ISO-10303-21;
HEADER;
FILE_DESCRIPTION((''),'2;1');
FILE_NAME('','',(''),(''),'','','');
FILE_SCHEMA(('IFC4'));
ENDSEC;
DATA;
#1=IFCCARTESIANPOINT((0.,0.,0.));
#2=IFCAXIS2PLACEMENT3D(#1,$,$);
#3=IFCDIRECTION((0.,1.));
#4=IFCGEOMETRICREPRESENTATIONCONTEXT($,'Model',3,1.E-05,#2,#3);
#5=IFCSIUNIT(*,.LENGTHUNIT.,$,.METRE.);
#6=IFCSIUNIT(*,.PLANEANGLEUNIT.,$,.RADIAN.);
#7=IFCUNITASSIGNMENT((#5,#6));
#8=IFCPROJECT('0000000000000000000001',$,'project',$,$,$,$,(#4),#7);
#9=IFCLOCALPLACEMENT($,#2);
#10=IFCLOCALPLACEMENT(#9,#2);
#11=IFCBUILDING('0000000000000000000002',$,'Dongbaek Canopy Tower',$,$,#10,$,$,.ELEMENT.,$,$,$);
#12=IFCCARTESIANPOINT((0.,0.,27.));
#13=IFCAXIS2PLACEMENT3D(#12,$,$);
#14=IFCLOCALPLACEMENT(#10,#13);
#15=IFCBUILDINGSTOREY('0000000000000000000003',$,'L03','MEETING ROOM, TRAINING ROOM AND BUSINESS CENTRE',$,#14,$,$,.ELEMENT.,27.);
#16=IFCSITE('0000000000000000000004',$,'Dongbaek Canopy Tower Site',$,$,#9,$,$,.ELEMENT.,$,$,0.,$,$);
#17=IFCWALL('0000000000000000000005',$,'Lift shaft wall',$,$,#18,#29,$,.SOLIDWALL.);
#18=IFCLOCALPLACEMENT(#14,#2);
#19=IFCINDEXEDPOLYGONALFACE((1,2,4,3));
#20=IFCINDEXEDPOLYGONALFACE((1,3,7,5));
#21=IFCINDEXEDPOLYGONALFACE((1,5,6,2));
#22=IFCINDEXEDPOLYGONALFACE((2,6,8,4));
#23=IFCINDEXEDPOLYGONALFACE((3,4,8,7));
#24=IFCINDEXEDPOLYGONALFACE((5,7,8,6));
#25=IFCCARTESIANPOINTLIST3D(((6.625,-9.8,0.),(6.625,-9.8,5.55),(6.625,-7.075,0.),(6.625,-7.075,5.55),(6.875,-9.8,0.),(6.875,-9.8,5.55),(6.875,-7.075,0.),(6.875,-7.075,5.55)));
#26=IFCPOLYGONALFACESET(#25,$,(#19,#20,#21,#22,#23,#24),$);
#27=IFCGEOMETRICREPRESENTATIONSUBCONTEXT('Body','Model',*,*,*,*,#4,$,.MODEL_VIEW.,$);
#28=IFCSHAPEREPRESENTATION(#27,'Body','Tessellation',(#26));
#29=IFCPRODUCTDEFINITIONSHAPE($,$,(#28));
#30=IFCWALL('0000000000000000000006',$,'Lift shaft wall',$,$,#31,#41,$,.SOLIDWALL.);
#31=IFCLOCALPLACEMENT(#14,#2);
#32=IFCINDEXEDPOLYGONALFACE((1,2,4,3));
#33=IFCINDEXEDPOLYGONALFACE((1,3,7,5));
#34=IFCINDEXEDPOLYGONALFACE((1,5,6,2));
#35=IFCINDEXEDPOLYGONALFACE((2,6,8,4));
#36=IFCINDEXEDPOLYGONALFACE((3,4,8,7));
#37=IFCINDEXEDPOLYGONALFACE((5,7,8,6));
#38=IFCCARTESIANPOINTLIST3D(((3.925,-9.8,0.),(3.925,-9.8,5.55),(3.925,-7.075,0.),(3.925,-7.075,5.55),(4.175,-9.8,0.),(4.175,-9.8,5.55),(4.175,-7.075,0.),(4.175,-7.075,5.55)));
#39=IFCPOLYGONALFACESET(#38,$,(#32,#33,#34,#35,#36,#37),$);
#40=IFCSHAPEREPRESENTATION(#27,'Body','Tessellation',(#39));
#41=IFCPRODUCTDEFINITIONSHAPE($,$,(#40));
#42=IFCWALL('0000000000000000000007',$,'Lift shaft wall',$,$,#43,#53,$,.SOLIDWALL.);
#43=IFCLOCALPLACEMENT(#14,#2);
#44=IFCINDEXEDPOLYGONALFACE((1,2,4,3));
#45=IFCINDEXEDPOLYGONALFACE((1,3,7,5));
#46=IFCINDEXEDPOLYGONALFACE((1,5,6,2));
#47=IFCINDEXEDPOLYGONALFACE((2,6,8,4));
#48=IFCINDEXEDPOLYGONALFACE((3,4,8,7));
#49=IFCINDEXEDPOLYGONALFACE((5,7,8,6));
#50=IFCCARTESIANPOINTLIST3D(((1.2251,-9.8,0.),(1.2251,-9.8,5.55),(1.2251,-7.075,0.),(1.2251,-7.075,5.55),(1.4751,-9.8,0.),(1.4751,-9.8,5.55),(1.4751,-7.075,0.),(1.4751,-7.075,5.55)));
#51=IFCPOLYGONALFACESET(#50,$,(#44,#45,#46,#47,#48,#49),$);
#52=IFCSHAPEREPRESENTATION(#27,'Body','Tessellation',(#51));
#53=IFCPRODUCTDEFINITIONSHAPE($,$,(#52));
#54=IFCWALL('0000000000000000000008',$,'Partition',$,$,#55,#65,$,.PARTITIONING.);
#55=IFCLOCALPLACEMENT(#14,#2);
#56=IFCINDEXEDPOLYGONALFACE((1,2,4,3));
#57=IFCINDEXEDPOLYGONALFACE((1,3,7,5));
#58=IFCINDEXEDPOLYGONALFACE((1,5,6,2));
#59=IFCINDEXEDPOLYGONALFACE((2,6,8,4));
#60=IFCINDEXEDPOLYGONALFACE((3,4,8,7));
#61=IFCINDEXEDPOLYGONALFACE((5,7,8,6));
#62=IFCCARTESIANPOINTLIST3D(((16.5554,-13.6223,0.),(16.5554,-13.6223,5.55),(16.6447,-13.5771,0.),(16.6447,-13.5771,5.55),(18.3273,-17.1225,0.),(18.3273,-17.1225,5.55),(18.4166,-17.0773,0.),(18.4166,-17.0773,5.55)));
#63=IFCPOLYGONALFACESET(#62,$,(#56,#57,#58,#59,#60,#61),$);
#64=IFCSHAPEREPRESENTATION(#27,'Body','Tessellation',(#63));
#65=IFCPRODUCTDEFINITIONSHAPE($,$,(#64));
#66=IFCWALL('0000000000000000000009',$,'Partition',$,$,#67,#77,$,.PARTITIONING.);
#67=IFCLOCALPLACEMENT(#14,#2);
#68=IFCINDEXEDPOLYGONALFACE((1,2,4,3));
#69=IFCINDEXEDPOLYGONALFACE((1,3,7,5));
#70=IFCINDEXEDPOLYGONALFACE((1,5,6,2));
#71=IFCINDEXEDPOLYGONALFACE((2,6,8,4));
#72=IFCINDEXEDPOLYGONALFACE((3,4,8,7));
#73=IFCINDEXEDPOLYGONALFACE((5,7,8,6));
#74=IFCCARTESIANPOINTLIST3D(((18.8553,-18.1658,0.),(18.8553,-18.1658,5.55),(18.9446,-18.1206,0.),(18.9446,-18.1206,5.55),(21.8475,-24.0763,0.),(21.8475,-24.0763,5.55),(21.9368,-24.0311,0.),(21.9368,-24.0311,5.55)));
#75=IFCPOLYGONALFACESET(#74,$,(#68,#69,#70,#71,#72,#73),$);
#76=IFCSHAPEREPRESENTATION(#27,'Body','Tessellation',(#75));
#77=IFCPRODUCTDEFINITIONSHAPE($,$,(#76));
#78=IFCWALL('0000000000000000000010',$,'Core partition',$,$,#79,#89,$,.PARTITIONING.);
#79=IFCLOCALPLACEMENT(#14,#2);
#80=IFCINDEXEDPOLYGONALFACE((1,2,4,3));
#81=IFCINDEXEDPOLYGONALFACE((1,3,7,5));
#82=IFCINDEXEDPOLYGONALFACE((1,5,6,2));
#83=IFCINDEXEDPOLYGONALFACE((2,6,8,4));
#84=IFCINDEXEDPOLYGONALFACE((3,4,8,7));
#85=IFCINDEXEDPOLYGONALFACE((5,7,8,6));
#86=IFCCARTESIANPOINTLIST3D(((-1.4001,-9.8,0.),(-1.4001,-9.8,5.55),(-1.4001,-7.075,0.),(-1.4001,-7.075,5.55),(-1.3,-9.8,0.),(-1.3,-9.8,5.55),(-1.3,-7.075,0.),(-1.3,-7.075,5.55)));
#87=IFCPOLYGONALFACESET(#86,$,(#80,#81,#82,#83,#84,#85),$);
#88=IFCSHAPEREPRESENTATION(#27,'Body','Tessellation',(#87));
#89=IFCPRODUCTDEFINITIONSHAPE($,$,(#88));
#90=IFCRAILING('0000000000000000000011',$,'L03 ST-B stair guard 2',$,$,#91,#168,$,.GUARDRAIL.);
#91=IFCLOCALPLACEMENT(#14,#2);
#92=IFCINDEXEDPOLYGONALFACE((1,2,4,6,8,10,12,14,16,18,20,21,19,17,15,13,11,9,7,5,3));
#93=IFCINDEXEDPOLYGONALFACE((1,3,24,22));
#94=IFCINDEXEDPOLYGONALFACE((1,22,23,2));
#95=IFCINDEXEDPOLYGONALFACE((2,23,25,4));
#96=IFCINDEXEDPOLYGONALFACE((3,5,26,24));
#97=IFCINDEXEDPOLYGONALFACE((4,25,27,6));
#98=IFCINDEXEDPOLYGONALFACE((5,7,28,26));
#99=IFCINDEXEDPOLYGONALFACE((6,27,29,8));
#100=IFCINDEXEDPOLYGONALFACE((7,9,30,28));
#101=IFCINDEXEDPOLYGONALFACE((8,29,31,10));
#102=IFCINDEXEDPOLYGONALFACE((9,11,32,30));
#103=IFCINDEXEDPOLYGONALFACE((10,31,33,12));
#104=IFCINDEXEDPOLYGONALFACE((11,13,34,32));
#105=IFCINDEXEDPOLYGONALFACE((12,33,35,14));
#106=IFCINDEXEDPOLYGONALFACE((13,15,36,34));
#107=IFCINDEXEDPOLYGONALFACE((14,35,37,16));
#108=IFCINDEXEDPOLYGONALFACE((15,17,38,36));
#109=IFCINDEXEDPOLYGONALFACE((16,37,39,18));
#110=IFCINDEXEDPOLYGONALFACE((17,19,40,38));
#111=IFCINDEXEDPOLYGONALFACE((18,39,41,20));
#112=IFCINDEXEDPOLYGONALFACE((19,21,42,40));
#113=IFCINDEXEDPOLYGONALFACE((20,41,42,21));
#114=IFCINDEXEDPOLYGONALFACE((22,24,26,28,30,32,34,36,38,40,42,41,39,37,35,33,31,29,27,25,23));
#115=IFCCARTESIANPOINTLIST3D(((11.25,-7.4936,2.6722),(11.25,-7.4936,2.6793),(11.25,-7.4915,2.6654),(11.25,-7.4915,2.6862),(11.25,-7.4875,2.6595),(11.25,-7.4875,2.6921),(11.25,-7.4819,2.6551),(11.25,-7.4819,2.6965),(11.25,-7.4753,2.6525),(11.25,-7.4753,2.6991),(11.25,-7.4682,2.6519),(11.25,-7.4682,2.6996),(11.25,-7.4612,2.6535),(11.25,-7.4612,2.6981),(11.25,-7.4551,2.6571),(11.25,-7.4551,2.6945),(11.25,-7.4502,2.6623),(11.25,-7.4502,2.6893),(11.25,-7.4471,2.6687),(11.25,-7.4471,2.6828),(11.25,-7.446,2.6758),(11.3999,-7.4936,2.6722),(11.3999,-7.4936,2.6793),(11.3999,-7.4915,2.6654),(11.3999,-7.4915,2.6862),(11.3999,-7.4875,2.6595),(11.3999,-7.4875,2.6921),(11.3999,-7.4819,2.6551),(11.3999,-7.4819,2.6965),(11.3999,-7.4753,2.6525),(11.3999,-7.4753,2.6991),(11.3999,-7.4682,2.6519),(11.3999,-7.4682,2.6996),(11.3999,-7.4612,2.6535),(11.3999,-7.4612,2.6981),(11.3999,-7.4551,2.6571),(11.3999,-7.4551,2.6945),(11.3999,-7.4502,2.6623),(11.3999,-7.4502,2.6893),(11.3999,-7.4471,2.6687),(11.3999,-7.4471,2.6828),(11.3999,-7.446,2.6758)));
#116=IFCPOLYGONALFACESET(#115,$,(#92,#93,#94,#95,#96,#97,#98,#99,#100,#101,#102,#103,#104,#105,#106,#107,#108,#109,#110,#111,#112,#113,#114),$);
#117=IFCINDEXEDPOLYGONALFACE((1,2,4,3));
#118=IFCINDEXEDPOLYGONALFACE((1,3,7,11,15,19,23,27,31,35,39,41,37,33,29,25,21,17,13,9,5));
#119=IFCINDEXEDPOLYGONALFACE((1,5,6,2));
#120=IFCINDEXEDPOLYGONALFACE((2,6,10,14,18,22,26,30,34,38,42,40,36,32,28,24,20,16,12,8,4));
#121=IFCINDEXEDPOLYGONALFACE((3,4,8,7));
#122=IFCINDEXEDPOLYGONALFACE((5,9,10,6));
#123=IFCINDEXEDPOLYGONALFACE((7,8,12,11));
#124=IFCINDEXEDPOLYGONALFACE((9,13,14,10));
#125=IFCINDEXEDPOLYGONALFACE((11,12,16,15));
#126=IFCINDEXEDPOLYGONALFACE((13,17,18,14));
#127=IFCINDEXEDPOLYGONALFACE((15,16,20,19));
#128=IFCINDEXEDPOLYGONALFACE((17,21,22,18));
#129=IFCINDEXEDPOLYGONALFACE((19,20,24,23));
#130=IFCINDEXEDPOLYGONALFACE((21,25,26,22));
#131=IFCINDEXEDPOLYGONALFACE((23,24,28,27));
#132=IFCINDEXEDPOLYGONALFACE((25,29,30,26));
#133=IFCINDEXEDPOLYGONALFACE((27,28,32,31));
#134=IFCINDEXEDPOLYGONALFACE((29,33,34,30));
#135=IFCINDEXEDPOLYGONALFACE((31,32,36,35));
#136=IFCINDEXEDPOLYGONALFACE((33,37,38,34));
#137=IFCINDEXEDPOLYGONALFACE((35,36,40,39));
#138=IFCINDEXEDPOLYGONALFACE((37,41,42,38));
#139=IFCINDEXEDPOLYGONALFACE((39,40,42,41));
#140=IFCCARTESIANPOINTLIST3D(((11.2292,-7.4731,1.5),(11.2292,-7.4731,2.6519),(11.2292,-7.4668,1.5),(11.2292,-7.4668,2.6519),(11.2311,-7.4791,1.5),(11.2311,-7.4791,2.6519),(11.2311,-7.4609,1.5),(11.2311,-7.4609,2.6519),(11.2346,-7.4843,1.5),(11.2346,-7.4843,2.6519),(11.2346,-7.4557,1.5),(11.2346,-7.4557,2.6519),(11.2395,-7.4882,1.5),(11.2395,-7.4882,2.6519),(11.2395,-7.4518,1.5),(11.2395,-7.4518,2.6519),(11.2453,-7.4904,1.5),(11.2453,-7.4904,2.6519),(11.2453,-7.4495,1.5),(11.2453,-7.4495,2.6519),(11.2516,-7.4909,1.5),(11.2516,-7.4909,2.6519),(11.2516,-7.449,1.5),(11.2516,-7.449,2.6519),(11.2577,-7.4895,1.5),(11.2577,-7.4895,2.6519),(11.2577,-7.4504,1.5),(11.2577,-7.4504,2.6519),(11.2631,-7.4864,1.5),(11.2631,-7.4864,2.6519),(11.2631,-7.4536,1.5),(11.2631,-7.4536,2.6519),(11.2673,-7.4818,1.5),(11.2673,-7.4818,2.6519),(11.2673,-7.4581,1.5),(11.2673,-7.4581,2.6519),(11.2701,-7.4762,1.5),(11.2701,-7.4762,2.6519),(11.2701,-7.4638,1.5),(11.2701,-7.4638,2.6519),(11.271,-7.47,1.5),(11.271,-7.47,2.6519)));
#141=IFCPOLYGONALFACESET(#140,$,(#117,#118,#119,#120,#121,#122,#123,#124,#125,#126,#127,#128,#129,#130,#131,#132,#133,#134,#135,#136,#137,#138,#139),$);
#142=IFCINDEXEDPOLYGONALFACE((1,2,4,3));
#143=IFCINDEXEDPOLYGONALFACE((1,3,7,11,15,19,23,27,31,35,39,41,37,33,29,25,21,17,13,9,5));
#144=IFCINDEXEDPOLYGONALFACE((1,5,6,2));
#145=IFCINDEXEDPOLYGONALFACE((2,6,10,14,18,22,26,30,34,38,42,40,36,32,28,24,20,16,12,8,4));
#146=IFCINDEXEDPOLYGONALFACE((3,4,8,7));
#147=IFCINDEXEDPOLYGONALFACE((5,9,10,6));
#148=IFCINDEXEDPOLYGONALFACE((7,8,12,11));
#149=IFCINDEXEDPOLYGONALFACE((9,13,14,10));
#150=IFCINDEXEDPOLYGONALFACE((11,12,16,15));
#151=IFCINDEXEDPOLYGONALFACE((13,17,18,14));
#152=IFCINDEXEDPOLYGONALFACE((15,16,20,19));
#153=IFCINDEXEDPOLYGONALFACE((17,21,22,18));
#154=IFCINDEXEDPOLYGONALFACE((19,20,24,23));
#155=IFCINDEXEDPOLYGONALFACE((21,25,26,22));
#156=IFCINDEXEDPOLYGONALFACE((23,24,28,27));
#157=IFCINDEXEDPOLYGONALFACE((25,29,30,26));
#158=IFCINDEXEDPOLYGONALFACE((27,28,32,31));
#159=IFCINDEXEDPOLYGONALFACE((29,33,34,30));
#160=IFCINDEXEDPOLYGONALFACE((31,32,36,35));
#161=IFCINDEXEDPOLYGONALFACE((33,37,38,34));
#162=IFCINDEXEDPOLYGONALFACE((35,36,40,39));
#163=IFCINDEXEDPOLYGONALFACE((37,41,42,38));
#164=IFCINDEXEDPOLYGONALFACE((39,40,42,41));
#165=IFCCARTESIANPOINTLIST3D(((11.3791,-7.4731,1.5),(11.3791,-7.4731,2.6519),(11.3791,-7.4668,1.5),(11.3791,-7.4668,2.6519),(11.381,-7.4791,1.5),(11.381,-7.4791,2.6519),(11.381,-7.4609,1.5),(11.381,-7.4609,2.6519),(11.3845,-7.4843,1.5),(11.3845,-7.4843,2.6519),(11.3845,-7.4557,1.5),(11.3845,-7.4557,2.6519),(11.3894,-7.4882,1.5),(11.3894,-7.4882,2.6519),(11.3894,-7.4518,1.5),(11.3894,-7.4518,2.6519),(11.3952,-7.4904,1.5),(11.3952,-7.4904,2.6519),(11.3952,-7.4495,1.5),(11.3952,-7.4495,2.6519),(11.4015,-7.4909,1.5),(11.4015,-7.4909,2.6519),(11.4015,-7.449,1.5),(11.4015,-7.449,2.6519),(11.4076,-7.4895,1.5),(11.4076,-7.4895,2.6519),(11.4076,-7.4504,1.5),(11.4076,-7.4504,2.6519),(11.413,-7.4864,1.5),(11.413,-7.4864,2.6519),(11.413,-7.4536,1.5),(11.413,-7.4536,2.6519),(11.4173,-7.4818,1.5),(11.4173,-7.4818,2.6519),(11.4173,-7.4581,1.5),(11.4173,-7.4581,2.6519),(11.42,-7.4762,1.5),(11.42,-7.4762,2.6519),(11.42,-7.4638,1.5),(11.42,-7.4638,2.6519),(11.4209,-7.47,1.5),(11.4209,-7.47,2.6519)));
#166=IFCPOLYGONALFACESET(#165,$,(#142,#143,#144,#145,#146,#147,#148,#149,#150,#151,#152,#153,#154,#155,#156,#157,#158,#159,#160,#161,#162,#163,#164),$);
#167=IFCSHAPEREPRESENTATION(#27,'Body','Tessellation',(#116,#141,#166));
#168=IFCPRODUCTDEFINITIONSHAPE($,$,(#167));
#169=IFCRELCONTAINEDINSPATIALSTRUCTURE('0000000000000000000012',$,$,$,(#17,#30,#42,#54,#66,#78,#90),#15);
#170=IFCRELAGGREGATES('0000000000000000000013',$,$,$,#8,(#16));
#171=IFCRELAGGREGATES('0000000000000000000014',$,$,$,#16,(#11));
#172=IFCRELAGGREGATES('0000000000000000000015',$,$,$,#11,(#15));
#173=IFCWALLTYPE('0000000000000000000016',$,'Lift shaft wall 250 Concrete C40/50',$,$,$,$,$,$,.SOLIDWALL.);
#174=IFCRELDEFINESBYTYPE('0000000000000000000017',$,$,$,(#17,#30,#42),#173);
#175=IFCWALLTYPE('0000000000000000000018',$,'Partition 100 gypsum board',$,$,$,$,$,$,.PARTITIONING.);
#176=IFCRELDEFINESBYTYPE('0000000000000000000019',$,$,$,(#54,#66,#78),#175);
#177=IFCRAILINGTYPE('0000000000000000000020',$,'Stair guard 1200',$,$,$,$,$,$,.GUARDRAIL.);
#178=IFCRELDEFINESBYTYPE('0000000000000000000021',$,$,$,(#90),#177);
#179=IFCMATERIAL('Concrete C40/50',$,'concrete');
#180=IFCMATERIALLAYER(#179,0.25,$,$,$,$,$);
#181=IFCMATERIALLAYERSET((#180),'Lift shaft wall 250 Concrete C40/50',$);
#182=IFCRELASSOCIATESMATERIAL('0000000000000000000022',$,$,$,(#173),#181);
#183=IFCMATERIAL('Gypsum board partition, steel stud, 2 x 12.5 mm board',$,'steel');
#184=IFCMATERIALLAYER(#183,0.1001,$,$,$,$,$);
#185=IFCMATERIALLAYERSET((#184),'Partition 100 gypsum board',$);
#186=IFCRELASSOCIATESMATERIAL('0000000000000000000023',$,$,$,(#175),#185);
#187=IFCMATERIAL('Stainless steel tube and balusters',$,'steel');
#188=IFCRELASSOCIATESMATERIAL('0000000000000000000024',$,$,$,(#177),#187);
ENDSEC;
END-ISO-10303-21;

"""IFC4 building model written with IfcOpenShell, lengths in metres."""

from ifc_helpers import new_model, si_unit, direction, frame, frame_2d, origin, origin_2d, place, context, subcontext, project, spatial, rectangle, circle, extrude, material, layer, layer_set, type_object, element, save


model = new_model("IFC4")

# Units and contexts
model_context = context("Model", 3, precision=1e-05, world=origin(), true_north=direction((0.0, 1.0)))
body_context = subcontext(model_context, "Body", "Model", "MODEL_VIEW")
ifc_project = project(units=[si_unit("LENGTHUNIT", "METRE"), si_unit("PLANEANGLEUNIT", "RADIAN")], contexts=[model_context])

# Site, building, storey
site_placement = place(None, origin())
site = spatial("IfcSite", under=ifc_project, at=site_placement, Name="Dongbaek Canopy Tower Site", CompositionType="ELEMENT", RefElevation=0.0)
building_placement = place(site_placement, origin())
building = spatial("IfcBuilding", under=site, at=building_placement, Name="Dongbaek Canopy Tower", CompositionType="ELEMENT")
storey_placement = place(building_placement, frame((0.0, 0.0, 27.0)))
storey = spatial("IfcBuildingStorey", under=building, at=storey_placement, Name="L03", Description="MEETING ROOM, TRAINING ROOM AND BUSINESS CENTRE", CompositionType="ELEMENT", Elevation=27.0)

# Walls
ifc_material_1 = material(Name="Concrete C40/50", Category="concrete")
ifc_layer_1 = layer(ifc_material_1, 0.25)
ifc_layer_set_1 = layer_set([ifc_layer_1], Name="Lift shaft wall 250 Concrete C40/50")
wall_type_1 = type_object("IfcWallType", Name="Lift shaft wall 250 Concrete C40/50", PredefinedType="SOLIDWALL", material=ifc_layer_set_1)
for number, where, z_axis, x_axis, name in (
    (1, (6.75, -9.8, 0.0), (0.0, 0.0, 1.0), (0.0, 1.0, 0.0), "Lift shaft wall"),
    (2, (4.05, -9.8, 0.0), (0.0, 0.0, 1.0), (0.0, 1.0, 0.0), "Lift shaft wall"),
    (3, (1.3501, -9.8, 0.0), (0.0, 0.0, 1.0), (0.0, 1.0, 0.0), "Lift shaft wall"),
):
    element("IfcWall", number, at=place(storey_placement, frame(where, z_axis=z_axis, x_axis=x_axis)), inside=storey, type_object=wall_type_1, Name=name, PredefinedType="SOLIDWALL", context=body_context, shape_type="SweptSolid", body=[
        extrude(rectangle(XDim=2.7251, YDim=0.25, at=frame_2d((1.3625, 0.0))), origin(), (0.0, 0.0, 1.0), 5.55),
    ])
ifc_material_2 = material(Name="Gypsum board partition, steel stud, 2 x 12.5 mm board", Category="steel")
ifc_layer_2 = layer(ifc_material_2, 0.1001)
ifc_layer_set_2 = layer_set([ifc_layer_2], Name="Partition 100 gypsum board")
wall_type_2 = type_object("IfcWallType", Name="Partition 100 gypsum board", PredefinedType="PARTITIONING", material=ifc_layer_set_2)
wall_1_placement = place(storey_placement, frame((16.6001, -13.5999, 0.0), z_axis=(0.0, 0.0, 1.0), x_axis=(0.451664, -0.892188, 0.0)))
element("IfcWall", 4, at=wall_1_placement, inside=storey, type_object=wall_type_2, Name="Partition", PredefinedType="PARTITIONING", context=body_context, shape_type="SweptSolid", body=[
    extrude(rectangle(XDim=3.9231, YDim=0.1001, at=frame_2d((1.9614, 0.0))), origin(), (0.0, 0.0, 1.0), 5.55),
])
wall_2_placement = place(storey_placement, frame((18.8999, -18.1431, 0.0), z_axis=(0.0, 0.0, 1.0), x_axis=(0.451675, -0.892183, 0.0)))
element("IfcWall", 5, at=wall_2_placement, inside=storey, type_object=wall_type_2, Name="Partition", PredefinedType="PARTITIONING", context=body_context, shape_type="SweptSolid", body=[
    extrude(rectangle(XDim=6.6248, YDim=0.1001, at=frame_2d((3.3125, 0.0))), origin(), (0.0, 0.0, 1.0), 5.55),
])
wall_3_placement = place(storey_placement, frame((-1.3501, -9.8, 0.0), z_axis=(0.0, 0.0, 1.0), x_axis=(0.0, 1.0, 0.0)))
element("IfcWall", 6, at=wall_3_placement, inside=storey, type_object=wall_type_2, Name="Core partition", PredefinedType="PARTITIONING", context=body_context, shape_type="SweptSolid", body=[
    extrude(rectangle(XDim=2.7251, YDim=0.1001, at=frame_2d((1.3625, 0.0))), origin(), (0.0, 0.0, 1.0), 5.55),
])

# Railing
ifc_material_3 = material(Name="Stainless steel tube and balusters", Category="steel")
railing_type = type_object("IfcRailingType", Name="Stair guard 1200", PredefinedType="GUARDRAIL", material=ifc_material_3)
railing_1_placement = place(storey_placement, frame((11.25, -7.47, 1.5)))
element("IfcRailing", 7, at=railing_1_placement, inside=storey, type_object=railing_type, Name="L03 ST-B stair guard 2", PredefinedType="GUARDRAIL", context=body_context, shape_type="SweptSolid", body=[
    extrude(circle(Radius=0.0239, at=origin_2d()), frame((0.0, 0.0, 1.1758), z_axis=(1.0, 0.0, 0.0), x_axis=(0.0, 1.0, 0.0)), (0.0, 0.0, 1.0), 0.1499),
    extrude(circle(Radius=0.021, at=origin_2d()), origin(), (0.0, 0.0, 1.0), 1.1519),
    extrude(circle(Radius=0.021, at=origin_2d()), frame((0.1499, 0.0, 0.0)), (0.0, 0.0, 1.0), 1.1519),
])

save(model, "model.ifc")
